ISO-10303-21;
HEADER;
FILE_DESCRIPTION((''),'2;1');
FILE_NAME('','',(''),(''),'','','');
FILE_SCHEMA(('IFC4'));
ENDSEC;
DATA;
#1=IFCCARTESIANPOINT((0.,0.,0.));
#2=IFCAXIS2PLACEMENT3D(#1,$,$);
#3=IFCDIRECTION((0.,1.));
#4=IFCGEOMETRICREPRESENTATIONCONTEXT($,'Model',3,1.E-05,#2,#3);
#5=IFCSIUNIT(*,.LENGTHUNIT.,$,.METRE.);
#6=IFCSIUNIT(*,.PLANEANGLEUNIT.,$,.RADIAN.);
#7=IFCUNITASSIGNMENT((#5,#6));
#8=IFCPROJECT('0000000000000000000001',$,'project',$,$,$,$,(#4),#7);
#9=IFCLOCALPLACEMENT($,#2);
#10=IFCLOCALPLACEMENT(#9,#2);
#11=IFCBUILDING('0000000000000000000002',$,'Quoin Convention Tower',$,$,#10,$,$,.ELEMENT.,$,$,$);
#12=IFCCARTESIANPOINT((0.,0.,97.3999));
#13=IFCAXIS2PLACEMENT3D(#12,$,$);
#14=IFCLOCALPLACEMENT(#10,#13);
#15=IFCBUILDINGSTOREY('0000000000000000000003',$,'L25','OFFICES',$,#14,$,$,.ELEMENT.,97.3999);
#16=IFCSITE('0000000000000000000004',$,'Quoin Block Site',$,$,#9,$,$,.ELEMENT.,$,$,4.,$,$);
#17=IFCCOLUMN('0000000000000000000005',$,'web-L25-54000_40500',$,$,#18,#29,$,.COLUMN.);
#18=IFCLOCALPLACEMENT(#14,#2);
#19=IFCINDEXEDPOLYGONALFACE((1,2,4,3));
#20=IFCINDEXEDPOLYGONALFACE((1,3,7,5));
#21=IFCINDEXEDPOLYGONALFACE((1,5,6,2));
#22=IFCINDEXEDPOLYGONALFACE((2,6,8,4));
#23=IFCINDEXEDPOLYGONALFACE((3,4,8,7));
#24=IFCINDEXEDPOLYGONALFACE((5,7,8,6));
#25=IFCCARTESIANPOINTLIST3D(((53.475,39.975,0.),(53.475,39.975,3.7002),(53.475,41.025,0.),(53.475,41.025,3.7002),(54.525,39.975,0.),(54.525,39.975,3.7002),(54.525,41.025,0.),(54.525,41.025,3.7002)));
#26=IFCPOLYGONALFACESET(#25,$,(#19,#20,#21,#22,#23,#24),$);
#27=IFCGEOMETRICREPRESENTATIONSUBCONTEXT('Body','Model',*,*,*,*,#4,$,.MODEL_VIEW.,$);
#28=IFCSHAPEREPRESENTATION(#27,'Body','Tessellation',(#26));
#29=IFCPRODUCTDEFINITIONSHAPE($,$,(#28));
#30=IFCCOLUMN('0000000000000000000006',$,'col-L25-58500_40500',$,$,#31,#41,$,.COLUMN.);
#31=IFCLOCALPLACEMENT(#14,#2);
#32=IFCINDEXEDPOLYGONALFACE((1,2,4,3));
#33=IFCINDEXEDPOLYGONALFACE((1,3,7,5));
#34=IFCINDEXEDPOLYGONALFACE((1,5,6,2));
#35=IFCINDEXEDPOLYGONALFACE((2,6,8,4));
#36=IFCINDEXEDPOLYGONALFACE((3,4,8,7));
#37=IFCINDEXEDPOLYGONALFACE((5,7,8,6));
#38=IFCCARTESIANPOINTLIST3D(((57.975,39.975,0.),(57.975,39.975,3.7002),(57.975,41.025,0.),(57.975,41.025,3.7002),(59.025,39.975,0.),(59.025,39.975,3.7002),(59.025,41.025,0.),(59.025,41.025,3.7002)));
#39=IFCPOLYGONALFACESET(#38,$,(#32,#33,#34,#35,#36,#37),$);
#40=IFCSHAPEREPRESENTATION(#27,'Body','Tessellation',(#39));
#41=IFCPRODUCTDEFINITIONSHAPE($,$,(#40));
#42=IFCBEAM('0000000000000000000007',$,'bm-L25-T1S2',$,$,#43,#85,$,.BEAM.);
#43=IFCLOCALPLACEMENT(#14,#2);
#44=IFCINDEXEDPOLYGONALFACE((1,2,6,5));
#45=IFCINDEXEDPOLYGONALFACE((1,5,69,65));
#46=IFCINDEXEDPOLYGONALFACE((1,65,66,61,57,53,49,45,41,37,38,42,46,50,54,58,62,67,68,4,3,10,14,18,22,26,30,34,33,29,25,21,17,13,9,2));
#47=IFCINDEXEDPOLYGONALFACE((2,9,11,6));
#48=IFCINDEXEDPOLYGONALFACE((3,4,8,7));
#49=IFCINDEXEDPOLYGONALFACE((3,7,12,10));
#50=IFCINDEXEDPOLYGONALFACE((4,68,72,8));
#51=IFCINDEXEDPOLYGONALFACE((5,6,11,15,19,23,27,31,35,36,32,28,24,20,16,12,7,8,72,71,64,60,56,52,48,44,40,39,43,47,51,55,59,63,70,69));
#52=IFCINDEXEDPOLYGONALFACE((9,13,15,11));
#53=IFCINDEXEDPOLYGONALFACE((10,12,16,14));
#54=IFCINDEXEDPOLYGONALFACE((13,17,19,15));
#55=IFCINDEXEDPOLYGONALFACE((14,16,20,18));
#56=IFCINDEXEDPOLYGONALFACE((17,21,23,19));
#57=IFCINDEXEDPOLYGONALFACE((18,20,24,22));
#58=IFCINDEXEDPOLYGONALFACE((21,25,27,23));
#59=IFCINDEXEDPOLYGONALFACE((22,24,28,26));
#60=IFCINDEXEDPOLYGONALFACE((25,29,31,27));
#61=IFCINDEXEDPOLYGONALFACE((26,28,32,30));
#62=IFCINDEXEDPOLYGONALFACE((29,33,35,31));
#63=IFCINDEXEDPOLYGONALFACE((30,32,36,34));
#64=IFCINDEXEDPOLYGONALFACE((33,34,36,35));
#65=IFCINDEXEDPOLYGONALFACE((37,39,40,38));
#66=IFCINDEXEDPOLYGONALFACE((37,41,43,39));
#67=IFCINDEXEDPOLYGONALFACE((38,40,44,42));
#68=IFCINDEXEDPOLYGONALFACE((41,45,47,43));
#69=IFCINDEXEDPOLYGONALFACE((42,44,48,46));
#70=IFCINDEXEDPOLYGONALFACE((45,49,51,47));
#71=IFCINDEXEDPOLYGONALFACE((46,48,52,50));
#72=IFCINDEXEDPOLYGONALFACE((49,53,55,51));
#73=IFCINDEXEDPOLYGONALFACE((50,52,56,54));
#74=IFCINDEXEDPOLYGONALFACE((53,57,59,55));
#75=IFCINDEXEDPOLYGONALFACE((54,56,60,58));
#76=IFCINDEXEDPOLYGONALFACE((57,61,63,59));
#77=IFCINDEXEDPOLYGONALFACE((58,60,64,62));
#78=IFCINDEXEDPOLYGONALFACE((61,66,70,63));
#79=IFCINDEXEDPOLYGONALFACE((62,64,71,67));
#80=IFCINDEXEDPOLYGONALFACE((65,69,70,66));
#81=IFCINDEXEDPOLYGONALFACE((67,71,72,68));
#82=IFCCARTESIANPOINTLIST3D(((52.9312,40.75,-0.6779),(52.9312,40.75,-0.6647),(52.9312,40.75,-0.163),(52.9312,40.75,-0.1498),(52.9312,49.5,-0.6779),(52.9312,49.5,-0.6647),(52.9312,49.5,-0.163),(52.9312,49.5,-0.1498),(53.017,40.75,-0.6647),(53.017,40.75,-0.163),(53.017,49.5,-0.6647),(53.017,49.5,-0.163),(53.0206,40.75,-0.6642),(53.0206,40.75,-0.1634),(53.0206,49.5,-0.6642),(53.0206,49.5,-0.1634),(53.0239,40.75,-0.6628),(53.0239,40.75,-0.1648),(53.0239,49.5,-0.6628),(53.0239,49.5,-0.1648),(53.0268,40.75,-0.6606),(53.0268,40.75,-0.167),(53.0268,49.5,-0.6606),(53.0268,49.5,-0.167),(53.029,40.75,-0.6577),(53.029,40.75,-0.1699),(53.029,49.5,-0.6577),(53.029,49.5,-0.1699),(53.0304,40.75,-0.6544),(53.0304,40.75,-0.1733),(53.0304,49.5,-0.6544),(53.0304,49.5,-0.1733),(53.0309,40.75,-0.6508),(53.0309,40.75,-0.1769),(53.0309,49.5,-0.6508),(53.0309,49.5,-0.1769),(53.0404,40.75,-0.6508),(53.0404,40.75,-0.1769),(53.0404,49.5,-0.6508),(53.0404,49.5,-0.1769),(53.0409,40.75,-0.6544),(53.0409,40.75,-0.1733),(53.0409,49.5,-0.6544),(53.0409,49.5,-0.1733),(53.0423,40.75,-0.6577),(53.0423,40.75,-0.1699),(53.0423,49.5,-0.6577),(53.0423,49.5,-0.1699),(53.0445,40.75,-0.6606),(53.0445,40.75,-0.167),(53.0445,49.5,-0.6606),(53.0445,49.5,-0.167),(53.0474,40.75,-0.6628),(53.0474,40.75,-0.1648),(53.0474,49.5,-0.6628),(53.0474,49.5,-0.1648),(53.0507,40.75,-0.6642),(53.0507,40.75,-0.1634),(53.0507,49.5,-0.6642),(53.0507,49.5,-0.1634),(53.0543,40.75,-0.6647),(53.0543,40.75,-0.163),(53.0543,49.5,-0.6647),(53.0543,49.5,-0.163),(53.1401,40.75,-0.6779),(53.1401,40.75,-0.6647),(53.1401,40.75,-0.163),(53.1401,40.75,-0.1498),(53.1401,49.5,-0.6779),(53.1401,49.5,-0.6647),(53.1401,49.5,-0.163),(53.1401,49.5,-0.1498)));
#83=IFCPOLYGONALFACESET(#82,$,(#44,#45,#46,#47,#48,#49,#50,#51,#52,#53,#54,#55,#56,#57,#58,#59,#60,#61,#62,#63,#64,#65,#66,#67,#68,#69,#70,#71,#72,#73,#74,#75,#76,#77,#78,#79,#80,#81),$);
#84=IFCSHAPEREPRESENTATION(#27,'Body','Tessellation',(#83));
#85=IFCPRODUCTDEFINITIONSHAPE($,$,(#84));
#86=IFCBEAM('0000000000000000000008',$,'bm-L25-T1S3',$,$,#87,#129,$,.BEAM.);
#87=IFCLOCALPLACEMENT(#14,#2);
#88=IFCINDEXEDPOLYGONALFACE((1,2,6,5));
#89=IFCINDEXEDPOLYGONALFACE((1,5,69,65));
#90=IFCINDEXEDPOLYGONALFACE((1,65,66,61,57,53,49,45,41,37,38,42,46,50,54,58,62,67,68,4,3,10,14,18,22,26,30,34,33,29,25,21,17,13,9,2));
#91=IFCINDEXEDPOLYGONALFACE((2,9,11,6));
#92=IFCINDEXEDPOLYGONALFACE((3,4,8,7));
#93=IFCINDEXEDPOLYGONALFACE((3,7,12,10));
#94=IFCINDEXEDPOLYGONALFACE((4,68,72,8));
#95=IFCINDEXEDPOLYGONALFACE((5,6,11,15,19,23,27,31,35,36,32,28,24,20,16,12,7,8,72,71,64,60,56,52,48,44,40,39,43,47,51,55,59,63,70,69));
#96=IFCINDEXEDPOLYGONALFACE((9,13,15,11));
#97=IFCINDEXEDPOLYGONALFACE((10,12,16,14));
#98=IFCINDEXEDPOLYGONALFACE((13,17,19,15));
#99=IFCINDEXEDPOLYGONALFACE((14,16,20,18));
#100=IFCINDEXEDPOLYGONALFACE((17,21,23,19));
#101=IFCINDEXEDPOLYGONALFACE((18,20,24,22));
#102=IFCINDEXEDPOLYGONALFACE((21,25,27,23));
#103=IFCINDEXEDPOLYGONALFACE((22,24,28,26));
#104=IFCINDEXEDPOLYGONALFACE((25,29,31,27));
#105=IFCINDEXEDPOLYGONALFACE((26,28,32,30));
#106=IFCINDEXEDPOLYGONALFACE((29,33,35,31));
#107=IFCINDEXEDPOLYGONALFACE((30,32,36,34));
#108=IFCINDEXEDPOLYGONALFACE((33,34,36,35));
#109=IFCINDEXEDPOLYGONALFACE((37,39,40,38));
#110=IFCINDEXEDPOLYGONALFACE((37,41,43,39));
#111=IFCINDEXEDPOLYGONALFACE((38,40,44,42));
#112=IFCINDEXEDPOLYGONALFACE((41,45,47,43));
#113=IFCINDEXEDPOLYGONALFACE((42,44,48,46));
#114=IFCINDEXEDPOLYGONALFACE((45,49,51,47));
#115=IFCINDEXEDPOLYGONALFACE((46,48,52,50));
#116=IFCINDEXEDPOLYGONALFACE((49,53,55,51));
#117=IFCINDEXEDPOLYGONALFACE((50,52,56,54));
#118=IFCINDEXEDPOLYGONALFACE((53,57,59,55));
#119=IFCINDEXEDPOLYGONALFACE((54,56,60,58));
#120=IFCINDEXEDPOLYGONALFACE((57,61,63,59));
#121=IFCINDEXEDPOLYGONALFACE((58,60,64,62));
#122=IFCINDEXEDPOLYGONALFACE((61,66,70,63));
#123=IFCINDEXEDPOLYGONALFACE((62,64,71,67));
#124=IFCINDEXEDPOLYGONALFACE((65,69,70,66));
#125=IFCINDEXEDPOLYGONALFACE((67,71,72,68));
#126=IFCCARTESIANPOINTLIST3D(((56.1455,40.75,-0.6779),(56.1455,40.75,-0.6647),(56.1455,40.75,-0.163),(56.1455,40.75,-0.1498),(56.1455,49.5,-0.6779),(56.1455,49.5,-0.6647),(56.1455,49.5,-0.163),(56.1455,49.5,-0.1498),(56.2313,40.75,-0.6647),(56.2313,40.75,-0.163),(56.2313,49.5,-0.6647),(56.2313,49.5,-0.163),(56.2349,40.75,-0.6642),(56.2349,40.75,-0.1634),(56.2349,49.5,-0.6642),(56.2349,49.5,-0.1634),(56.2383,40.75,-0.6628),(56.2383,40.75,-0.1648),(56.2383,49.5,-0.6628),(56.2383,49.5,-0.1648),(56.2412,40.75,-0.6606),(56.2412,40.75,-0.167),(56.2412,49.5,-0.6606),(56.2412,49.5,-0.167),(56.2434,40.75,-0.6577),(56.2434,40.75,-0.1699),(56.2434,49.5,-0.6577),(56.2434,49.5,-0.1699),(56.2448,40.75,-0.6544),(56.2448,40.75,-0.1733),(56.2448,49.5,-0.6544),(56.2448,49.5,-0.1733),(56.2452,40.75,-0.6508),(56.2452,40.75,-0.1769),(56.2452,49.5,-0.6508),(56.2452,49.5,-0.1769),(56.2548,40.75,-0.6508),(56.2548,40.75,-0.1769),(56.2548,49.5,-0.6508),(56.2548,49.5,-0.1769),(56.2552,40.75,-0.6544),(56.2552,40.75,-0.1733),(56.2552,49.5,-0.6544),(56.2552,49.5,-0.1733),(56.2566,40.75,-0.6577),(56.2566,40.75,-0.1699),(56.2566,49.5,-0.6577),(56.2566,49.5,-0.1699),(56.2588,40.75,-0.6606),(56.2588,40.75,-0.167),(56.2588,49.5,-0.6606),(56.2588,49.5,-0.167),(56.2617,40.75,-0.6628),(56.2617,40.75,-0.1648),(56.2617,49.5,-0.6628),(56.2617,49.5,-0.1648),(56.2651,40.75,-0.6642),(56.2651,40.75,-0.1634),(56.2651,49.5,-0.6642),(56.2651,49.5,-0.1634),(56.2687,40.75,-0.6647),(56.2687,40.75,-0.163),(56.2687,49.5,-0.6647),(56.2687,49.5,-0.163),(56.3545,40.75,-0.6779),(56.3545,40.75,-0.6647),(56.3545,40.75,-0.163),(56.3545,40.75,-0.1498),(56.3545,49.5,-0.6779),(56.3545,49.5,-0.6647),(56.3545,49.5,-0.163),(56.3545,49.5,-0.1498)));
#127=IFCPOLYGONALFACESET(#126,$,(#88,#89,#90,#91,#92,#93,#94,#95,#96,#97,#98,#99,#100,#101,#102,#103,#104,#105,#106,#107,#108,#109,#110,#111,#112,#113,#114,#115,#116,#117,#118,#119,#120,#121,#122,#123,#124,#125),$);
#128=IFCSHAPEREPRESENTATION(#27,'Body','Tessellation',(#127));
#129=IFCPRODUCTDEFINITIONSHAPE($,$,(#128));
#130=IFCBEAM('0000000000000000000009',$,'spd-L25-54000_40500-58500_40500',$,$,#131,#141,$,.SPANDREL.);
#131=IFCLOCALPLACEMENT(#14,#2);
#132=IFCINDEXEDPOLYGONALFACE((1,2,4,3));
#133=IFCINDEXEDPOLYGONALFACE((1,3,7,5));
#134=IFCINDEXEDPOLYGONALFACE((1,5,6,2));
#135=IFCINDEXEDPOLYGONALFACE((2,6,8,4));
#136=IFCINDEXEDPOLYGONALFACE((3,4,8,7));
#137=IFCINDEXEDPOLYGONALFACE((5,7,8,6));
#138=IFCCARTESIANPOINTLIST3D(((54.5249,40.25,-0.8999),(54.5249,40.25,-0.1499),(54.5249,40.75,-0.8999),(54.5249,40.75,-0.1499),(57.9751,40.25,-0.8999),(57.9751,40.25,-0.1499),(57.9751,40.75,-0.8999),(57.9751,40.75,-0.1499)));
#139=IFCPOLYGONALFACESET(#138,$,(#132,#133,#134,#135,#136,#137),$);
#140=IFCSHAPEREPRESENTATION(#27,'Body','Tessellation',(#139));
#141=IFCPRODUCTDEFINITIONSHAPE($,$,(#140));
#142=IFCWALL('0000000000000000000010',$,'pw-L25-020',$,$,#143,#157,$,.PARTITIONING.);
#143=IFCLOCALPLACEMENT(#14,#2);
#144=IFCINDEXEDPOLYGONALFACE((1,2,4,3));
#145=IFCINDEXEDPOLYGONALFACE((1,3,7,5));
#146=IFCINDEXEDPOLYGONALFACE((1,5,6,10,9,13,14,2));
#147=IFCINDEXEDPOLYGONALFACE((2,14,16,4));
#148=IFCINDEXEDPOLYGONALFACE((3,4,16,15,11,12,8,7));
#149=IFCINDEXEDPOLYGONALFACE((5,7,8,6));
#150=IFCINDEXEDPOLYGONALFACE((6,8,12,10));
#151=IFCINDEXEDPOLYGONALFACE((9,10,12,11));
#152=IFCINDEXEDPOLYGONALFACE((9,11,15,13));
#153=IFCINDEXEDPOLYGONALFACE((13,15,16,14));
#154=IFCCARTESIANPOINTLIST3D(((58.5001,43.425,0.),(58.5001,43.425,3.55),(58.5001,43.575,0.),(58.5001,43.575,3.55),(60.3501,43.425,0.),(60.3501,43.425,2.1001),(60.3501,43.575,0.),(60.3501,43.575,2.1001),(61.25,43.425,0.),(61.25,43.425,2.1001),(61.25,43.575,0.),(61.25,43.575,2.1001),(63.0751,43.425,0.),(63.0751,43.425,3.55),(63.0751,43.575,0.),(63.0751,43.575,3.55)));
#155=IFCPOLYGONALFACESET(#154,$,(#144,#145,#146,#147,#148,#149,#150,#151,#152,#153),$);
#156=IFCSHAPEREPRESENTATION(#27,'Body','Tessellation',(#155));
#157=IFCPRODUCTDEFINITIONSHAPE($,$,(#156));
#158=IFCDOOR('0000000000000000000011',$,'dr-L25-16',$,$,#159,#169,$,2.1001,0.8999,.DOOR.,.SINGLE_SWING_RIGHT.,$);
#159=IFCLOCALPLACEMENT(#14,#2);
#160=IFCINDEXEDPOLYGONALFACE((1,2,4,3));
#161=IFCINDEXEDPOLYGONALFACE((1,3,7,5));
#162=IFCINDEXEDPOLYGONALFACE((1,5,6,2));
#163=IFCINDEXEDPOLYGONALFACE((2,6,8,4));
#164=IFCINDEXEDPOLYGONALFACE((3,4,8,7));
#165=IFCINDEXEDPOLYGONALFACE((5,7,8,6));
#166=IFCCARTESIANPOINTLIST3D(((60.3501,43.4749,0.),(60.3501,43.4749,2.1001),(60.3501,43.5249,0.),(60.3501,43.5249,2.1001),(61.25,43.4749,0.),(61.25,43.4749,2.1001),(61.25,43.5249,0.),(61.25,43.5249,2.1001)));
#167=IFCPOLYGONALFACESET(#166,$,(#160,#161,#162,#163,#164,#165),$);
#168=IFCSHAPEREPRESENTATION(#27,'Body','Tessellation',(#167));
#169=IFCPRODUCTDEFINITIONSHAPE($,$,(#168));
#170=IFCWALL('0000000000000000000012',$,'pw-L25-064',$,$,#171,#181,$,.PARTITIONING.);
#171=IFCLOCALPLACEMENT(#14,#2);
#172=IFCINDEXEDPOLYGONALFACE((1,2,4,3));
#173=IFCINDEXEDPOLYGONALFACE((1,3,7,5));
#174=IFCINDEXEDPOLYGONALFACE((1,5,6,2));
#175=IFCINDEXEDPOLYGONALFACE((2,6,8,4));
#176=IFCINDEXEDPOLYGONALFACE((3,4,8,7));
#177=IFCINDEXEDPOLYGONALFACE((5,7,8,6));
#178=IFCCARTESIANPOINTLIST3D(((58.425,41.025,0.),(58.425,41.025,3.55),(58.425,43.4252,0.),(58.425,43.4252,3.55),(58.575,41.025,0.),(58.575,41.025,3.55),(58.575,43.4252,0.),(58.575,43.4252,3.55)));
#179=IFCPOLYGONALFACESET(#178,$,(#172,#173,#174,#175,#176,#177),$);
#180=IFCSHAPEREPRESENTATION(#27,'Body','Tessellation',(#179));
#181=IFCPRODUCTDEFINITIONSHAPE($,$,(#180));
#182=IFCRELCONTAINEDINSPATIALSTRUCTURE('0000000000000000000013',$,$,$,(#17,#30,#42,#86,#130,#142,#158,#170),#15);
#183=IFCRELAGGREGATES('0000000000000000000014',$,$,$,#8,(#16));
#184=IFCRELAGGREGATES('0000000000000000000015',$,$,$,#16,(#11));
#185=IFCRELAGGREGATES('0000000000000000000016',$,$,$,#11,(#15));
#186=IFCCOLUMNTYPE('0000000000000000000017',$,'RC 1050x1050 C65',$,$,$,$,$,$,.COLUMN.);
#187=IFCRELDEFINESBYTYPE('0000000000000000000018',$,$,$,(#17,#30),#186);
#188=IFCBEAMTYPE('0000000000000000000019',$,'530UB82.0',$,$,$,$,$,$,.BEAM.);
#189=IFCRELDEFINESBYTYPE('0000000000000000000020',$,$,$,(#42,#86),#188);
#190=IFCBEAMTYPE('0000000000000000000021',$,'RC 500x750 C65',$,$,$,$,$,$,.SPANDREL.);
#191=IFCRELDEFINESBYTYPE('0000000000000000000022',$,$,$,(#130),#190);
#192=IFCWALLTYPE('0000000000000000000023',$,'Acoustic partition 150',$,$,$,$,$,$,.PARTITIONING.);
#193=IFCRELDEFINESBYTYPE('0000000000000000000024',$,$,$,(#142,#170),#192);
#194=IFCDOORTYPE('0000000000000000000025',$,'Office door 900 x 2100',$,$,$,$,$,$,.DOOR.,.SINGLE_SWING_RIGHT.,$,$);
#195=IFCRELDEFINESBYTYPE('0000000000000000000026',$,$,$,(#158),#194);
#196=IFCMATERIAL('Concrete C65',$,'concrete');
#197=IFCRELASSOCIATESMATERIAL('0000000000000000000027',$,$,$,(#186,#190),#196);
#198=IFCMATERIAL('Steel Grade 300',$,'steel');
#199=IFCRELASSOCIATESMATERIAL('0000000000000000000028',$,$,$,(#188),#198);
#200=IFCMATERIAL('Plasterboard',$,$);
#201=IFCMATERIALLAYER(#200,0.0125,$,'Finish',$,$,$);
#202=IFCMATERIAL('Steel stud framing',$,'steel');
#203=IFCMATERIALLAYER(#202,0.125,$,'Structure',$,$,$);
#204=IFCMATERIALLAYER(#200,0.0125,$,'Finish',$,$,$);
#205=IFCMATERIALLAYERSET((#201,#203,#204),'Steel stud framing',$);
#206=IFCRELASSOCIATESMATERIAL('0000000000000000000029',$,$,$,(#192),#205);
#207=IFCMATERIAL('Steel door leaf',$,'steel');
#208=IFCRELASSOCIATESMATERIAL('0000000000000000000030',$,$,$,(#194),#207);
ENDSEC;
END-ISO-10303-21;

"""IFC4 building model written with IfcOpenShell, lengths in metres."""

from ifc_helpers import new_model, si_unit, direction, frame, frame_2d, origin, origin_2d, place, context, subcontext, project, spatial, rectangle, i_section, extrude, material, layer, layer_set, material_profile, profile_set, type_object, element, fill, save


model = new_model("IFC4")

# Units and contexts
model_context = context("Model", 3, precision=1e-05, world=origin(), true_north=direction((0.0, 1.0)))
body_context = subcontext(model_context, "Body", "Model", "MODEL_VIEW")
ifc_project = project(units=[si_unit("LENGTHUNIT", "METRE"), si_unit("PLANEANGLEUNIT", "RADIAN")], contexts=[model_context])

# Site, building, storey
site_placement = place(None, origin())
site = spatial("IfcSite", under=ifc_project, at=site_placement, Name="Quoin Block Site", CompositionType="ELEMENT", RefElevation=4.0)
building_placement = place(site_placement, origin())
building = spatial("IfcBuilding", under=site, at=building_placement, Name="Quoin Convention Tower", CompositionType="ELEMENT")
storey_placement = place(building_placement, frame((0.0, 0.0, 97.3999)))
storey = spatial("IfcBuildingStorey", under=building, at=storey_placement, Name="L25", Description="OFFICES", CompositionType="ELEMENT", Elevation=97.3999)

# Columns
ifc_material_1 = material(Name="Concrete C65", Category="concrete")
ifc_material_profile_1 = material_profile(ifc_material_1, rectangle(XDim=1.05, YDim=1.05, at=origin_2d()), Name="RC 1050x1050")
ifc_profile_set_1 = profile_set([ifc_material_profile_1], Name="Concrete C65")
column_type = type_object("IfcColumnType", Name="RC 1050x1050 C65", PredefinedType="COLUMN", material=ifc_profile_set_1)
for number, where, z_axis, x_axis, name in (
    (1, (54.0, 40.5, 0.0), (0.0, 0.0, 1.0), (1.0, 0.0, 0.0), "web-L25-54000_40500"),
    (2, (58.5, 40.5, 0.0), (0.0, 0.0, 1.0), (1.0, 0.0, 0.0), "col-L25-58500_40500"),
):
    element("IfcColumn", number, at=place(storey_placement, frame(where, z_axis=z_axis, x_axis=x_axis)), inside=storey, type_object=column_type, Name=name, PredefinedType="COLUMN", context=body_context, shape_type="SweptSolid", body=[
        extrude(rectangle(XDim=1.05, YDim=1.05, at=origin_2d()), origin(), (0.0, 0.0, 1.0), 3.7002),
    ])

# Beams
ifc_material_2 = material(Name="Steel Grade 300", Category="steel")
ifc_material_profile_2 = material_profile(ifc_material_2, i_section(OverallWidth=0.209, OverallDepth=0.5281, WebThickness=0.0095, FlangeThickness=0.0132, FilletRadius=0.0139, at=origin_2d()), Name="530UB82.0")
ifc_profile_set_2 = profile_set([ifc_material_profile_2], Name="Steel Grade 300")
beam_type_1 = type_object("IfcBeamType", Name="530UB82.0", PredefinedType="BEAM", material=ifc_profile_set_2)
for number, where, z_axis, x_axis, name in (
    (3, (53.0356, 40.75, -0.4138), (0.0, 1.0, 0.0), (-1.0, 0.0, 0.0), "bm-L25-T1S2"),
    (4, (56.25, 40.75, -0.4138), (0.0, 1.0, 0.0), (-1.0, 0.0, 0.0), "bm-L25-T1S3"),
):
    element("IfcBeam", number, at=place(storey_placement, frame(where, z_axis=z_axis, x_axis=x_axis)), inside=storey, type_object=beam_type_1, Name=name, PredefinedType="BEAM", context=body_context, shape_type="SweptSolid", body=[
        extrude(i_section(OverallWidth=0.209, OverallDepth=0.5281, WebThickness=0.0095, FlangeThickness=0.0132, FilletRadius=0.0139, at=origin_2d()), origin(), (0.0, 0.0, 1.0), 8.75),
    ])
ifc_material_profile_3 = material_profile(ifc_material_1, rectangle(XDim=0.5, YDim=0.75, at=origin_2d()), Name="RC 500x750")
ifc_profile_set_3 = profile_set([ifc_material_profile_3], Name="Concrete C65")
beam_type_2 = type_object("IfcBeamType", Name="RC 500x750 C65", PredefinedType="SPANDREL", material=ifc_profile_set_3)
beam_placement = place(storey_placement, frame((54.5249, 40.5, -0.5249), z_axis=(1.0, 0.0, 0.0), x_axis=(0.0, 1.0, 0.0)))
element("IfcBeam", 5, at=beam_placement, inside=storey, type_object=beam_type_2, Name="spd-L25-54000_40500-58500_40500", PredefinedType="SPANDREL", context=body_context, shape_type="SweptSolid", body=[
    extrude(rectangle(XDim=0.5, YDim=0.75, at=origin_2d()), origin(), (0.0, 0.0, 1.0), 3.4502),
])

# Wall, opening, door
ifc_material_3 = material(Name="Plasterboard")
ifc_layer_1 = layer(ifc_material_3, 0.0125, Name="Finish")
ifc_material_4 = material(Name="Steel stud framing", Category="steel")
ifc_layer_2 = layer(ifc_material_4, 0.125, Name="Structure")
ifc_layer_3 = layer(ifc_material_3, 0.0125, Name="Finish")
ifc_layer_set_1 = layer_set([ifc_layer_1, ifc_layer_2, ifc_layer_3], Name="Steel stud framing")
wall_type_1 = type_object("IfcWallType", Name="Acoustic partition 150", PredefinedType="PARTITIONING", material=ifc_layer_set_1)
wall_1_placement = place(storey_placement, frame((58.5, 43.5, 0.0), z_axis=(0.0, 0.0, 1.0), x_axis=(1.0, 0.0, 0.0)))
wall_1 = element("IfcWall", 6, at=wall_1_placement, inside=storey, type_object=wall_type_1, Name="pw-L25-020", PredefinedType="PARTITIONING", context=body_context, shape_type="SweptSolid", body=[
    extrude(rectangle(XDim=4.575, YDim=0.1499, at=frame_2d((2.2876, 0.0))), origin(), (0.0, 0.0, 1.0), 3.55),
])
opening_1_placement = place(wall_1_placement, frame((1.8501, 0.0, 0.0)))
opening_1 = element("IfcOpeningElement", 7, at=opening_1_placement, cuts=wall_1, PredefinedType="OPENING", context=body_context, shape_type="SweptSolid", body=[
    extrude(rectangle(XDim=0.8999, YDim=2.1001, at=frame_2d((0.45, 1.05))), frame((0.0, 0.085, 0.0), z_axis=(0.0, -1.0, 0.0), x_axis=(1.0, 0.0, 0.0)), (0.0, 0.0, 1.0), 0.1699),
])
ifc_material_5 = material(Name="Steel door leaf", Category="steel")
door_type = type_object("IfcDoorType", Name="Office door 900 x 2100", OperationType="SINGLE_SWING_RIGHT", PredefinedType="DOOR", material=ifc_material_5)
door_1_placement = place(opening_1_placement, origin())
door_1 = element("IfcDoor", 8, at=door_1_placement, inside=storey, type_object=door_type, Name="dr-L25-16", OperationType="SINGLE_SWING_RIGHT", OverallHeight=2.1001, OverallWidth=0.8999, PredefinedType="DOOR", context=body_context, shape_type="SweptSolid", body=[
    extrude(rectangle(XDim=0.8999, YDim=2.1001, at=frame_2d((0.45, 1.05))), frame((0.0, 0.0249, 0.0), z_axis=(0.0, -1.0, 0.0), x_axis=(1.0, 0.0, 0.0)), (0.0, 0.0, 1.0), 0.05),
])
fill(opening_1, door_1)

# Wall
wall_2_placement = place(storey_placement, frame((58.5, 41.0249, 0.0), z_axis=(0.0, 0.0, 1.0), x_axis=(0.0, 1.0, 0.0)))
element("IfcWall", 9, at=wall_2_placement, inside=storey, type_object=wall_type_1, Name="pw-L25-064", PredefinedType="PARTITIONING", context=body_context, shape_type="SweptSolid", body=[
    extrude(rectangle(XDim=2.4001, YDim=0.1499, at=frame_2d((1.2002, 0.0))), origin(), (0.0, 0.0, 1.0), 3.55),
])

save(model, "model.ifc")
